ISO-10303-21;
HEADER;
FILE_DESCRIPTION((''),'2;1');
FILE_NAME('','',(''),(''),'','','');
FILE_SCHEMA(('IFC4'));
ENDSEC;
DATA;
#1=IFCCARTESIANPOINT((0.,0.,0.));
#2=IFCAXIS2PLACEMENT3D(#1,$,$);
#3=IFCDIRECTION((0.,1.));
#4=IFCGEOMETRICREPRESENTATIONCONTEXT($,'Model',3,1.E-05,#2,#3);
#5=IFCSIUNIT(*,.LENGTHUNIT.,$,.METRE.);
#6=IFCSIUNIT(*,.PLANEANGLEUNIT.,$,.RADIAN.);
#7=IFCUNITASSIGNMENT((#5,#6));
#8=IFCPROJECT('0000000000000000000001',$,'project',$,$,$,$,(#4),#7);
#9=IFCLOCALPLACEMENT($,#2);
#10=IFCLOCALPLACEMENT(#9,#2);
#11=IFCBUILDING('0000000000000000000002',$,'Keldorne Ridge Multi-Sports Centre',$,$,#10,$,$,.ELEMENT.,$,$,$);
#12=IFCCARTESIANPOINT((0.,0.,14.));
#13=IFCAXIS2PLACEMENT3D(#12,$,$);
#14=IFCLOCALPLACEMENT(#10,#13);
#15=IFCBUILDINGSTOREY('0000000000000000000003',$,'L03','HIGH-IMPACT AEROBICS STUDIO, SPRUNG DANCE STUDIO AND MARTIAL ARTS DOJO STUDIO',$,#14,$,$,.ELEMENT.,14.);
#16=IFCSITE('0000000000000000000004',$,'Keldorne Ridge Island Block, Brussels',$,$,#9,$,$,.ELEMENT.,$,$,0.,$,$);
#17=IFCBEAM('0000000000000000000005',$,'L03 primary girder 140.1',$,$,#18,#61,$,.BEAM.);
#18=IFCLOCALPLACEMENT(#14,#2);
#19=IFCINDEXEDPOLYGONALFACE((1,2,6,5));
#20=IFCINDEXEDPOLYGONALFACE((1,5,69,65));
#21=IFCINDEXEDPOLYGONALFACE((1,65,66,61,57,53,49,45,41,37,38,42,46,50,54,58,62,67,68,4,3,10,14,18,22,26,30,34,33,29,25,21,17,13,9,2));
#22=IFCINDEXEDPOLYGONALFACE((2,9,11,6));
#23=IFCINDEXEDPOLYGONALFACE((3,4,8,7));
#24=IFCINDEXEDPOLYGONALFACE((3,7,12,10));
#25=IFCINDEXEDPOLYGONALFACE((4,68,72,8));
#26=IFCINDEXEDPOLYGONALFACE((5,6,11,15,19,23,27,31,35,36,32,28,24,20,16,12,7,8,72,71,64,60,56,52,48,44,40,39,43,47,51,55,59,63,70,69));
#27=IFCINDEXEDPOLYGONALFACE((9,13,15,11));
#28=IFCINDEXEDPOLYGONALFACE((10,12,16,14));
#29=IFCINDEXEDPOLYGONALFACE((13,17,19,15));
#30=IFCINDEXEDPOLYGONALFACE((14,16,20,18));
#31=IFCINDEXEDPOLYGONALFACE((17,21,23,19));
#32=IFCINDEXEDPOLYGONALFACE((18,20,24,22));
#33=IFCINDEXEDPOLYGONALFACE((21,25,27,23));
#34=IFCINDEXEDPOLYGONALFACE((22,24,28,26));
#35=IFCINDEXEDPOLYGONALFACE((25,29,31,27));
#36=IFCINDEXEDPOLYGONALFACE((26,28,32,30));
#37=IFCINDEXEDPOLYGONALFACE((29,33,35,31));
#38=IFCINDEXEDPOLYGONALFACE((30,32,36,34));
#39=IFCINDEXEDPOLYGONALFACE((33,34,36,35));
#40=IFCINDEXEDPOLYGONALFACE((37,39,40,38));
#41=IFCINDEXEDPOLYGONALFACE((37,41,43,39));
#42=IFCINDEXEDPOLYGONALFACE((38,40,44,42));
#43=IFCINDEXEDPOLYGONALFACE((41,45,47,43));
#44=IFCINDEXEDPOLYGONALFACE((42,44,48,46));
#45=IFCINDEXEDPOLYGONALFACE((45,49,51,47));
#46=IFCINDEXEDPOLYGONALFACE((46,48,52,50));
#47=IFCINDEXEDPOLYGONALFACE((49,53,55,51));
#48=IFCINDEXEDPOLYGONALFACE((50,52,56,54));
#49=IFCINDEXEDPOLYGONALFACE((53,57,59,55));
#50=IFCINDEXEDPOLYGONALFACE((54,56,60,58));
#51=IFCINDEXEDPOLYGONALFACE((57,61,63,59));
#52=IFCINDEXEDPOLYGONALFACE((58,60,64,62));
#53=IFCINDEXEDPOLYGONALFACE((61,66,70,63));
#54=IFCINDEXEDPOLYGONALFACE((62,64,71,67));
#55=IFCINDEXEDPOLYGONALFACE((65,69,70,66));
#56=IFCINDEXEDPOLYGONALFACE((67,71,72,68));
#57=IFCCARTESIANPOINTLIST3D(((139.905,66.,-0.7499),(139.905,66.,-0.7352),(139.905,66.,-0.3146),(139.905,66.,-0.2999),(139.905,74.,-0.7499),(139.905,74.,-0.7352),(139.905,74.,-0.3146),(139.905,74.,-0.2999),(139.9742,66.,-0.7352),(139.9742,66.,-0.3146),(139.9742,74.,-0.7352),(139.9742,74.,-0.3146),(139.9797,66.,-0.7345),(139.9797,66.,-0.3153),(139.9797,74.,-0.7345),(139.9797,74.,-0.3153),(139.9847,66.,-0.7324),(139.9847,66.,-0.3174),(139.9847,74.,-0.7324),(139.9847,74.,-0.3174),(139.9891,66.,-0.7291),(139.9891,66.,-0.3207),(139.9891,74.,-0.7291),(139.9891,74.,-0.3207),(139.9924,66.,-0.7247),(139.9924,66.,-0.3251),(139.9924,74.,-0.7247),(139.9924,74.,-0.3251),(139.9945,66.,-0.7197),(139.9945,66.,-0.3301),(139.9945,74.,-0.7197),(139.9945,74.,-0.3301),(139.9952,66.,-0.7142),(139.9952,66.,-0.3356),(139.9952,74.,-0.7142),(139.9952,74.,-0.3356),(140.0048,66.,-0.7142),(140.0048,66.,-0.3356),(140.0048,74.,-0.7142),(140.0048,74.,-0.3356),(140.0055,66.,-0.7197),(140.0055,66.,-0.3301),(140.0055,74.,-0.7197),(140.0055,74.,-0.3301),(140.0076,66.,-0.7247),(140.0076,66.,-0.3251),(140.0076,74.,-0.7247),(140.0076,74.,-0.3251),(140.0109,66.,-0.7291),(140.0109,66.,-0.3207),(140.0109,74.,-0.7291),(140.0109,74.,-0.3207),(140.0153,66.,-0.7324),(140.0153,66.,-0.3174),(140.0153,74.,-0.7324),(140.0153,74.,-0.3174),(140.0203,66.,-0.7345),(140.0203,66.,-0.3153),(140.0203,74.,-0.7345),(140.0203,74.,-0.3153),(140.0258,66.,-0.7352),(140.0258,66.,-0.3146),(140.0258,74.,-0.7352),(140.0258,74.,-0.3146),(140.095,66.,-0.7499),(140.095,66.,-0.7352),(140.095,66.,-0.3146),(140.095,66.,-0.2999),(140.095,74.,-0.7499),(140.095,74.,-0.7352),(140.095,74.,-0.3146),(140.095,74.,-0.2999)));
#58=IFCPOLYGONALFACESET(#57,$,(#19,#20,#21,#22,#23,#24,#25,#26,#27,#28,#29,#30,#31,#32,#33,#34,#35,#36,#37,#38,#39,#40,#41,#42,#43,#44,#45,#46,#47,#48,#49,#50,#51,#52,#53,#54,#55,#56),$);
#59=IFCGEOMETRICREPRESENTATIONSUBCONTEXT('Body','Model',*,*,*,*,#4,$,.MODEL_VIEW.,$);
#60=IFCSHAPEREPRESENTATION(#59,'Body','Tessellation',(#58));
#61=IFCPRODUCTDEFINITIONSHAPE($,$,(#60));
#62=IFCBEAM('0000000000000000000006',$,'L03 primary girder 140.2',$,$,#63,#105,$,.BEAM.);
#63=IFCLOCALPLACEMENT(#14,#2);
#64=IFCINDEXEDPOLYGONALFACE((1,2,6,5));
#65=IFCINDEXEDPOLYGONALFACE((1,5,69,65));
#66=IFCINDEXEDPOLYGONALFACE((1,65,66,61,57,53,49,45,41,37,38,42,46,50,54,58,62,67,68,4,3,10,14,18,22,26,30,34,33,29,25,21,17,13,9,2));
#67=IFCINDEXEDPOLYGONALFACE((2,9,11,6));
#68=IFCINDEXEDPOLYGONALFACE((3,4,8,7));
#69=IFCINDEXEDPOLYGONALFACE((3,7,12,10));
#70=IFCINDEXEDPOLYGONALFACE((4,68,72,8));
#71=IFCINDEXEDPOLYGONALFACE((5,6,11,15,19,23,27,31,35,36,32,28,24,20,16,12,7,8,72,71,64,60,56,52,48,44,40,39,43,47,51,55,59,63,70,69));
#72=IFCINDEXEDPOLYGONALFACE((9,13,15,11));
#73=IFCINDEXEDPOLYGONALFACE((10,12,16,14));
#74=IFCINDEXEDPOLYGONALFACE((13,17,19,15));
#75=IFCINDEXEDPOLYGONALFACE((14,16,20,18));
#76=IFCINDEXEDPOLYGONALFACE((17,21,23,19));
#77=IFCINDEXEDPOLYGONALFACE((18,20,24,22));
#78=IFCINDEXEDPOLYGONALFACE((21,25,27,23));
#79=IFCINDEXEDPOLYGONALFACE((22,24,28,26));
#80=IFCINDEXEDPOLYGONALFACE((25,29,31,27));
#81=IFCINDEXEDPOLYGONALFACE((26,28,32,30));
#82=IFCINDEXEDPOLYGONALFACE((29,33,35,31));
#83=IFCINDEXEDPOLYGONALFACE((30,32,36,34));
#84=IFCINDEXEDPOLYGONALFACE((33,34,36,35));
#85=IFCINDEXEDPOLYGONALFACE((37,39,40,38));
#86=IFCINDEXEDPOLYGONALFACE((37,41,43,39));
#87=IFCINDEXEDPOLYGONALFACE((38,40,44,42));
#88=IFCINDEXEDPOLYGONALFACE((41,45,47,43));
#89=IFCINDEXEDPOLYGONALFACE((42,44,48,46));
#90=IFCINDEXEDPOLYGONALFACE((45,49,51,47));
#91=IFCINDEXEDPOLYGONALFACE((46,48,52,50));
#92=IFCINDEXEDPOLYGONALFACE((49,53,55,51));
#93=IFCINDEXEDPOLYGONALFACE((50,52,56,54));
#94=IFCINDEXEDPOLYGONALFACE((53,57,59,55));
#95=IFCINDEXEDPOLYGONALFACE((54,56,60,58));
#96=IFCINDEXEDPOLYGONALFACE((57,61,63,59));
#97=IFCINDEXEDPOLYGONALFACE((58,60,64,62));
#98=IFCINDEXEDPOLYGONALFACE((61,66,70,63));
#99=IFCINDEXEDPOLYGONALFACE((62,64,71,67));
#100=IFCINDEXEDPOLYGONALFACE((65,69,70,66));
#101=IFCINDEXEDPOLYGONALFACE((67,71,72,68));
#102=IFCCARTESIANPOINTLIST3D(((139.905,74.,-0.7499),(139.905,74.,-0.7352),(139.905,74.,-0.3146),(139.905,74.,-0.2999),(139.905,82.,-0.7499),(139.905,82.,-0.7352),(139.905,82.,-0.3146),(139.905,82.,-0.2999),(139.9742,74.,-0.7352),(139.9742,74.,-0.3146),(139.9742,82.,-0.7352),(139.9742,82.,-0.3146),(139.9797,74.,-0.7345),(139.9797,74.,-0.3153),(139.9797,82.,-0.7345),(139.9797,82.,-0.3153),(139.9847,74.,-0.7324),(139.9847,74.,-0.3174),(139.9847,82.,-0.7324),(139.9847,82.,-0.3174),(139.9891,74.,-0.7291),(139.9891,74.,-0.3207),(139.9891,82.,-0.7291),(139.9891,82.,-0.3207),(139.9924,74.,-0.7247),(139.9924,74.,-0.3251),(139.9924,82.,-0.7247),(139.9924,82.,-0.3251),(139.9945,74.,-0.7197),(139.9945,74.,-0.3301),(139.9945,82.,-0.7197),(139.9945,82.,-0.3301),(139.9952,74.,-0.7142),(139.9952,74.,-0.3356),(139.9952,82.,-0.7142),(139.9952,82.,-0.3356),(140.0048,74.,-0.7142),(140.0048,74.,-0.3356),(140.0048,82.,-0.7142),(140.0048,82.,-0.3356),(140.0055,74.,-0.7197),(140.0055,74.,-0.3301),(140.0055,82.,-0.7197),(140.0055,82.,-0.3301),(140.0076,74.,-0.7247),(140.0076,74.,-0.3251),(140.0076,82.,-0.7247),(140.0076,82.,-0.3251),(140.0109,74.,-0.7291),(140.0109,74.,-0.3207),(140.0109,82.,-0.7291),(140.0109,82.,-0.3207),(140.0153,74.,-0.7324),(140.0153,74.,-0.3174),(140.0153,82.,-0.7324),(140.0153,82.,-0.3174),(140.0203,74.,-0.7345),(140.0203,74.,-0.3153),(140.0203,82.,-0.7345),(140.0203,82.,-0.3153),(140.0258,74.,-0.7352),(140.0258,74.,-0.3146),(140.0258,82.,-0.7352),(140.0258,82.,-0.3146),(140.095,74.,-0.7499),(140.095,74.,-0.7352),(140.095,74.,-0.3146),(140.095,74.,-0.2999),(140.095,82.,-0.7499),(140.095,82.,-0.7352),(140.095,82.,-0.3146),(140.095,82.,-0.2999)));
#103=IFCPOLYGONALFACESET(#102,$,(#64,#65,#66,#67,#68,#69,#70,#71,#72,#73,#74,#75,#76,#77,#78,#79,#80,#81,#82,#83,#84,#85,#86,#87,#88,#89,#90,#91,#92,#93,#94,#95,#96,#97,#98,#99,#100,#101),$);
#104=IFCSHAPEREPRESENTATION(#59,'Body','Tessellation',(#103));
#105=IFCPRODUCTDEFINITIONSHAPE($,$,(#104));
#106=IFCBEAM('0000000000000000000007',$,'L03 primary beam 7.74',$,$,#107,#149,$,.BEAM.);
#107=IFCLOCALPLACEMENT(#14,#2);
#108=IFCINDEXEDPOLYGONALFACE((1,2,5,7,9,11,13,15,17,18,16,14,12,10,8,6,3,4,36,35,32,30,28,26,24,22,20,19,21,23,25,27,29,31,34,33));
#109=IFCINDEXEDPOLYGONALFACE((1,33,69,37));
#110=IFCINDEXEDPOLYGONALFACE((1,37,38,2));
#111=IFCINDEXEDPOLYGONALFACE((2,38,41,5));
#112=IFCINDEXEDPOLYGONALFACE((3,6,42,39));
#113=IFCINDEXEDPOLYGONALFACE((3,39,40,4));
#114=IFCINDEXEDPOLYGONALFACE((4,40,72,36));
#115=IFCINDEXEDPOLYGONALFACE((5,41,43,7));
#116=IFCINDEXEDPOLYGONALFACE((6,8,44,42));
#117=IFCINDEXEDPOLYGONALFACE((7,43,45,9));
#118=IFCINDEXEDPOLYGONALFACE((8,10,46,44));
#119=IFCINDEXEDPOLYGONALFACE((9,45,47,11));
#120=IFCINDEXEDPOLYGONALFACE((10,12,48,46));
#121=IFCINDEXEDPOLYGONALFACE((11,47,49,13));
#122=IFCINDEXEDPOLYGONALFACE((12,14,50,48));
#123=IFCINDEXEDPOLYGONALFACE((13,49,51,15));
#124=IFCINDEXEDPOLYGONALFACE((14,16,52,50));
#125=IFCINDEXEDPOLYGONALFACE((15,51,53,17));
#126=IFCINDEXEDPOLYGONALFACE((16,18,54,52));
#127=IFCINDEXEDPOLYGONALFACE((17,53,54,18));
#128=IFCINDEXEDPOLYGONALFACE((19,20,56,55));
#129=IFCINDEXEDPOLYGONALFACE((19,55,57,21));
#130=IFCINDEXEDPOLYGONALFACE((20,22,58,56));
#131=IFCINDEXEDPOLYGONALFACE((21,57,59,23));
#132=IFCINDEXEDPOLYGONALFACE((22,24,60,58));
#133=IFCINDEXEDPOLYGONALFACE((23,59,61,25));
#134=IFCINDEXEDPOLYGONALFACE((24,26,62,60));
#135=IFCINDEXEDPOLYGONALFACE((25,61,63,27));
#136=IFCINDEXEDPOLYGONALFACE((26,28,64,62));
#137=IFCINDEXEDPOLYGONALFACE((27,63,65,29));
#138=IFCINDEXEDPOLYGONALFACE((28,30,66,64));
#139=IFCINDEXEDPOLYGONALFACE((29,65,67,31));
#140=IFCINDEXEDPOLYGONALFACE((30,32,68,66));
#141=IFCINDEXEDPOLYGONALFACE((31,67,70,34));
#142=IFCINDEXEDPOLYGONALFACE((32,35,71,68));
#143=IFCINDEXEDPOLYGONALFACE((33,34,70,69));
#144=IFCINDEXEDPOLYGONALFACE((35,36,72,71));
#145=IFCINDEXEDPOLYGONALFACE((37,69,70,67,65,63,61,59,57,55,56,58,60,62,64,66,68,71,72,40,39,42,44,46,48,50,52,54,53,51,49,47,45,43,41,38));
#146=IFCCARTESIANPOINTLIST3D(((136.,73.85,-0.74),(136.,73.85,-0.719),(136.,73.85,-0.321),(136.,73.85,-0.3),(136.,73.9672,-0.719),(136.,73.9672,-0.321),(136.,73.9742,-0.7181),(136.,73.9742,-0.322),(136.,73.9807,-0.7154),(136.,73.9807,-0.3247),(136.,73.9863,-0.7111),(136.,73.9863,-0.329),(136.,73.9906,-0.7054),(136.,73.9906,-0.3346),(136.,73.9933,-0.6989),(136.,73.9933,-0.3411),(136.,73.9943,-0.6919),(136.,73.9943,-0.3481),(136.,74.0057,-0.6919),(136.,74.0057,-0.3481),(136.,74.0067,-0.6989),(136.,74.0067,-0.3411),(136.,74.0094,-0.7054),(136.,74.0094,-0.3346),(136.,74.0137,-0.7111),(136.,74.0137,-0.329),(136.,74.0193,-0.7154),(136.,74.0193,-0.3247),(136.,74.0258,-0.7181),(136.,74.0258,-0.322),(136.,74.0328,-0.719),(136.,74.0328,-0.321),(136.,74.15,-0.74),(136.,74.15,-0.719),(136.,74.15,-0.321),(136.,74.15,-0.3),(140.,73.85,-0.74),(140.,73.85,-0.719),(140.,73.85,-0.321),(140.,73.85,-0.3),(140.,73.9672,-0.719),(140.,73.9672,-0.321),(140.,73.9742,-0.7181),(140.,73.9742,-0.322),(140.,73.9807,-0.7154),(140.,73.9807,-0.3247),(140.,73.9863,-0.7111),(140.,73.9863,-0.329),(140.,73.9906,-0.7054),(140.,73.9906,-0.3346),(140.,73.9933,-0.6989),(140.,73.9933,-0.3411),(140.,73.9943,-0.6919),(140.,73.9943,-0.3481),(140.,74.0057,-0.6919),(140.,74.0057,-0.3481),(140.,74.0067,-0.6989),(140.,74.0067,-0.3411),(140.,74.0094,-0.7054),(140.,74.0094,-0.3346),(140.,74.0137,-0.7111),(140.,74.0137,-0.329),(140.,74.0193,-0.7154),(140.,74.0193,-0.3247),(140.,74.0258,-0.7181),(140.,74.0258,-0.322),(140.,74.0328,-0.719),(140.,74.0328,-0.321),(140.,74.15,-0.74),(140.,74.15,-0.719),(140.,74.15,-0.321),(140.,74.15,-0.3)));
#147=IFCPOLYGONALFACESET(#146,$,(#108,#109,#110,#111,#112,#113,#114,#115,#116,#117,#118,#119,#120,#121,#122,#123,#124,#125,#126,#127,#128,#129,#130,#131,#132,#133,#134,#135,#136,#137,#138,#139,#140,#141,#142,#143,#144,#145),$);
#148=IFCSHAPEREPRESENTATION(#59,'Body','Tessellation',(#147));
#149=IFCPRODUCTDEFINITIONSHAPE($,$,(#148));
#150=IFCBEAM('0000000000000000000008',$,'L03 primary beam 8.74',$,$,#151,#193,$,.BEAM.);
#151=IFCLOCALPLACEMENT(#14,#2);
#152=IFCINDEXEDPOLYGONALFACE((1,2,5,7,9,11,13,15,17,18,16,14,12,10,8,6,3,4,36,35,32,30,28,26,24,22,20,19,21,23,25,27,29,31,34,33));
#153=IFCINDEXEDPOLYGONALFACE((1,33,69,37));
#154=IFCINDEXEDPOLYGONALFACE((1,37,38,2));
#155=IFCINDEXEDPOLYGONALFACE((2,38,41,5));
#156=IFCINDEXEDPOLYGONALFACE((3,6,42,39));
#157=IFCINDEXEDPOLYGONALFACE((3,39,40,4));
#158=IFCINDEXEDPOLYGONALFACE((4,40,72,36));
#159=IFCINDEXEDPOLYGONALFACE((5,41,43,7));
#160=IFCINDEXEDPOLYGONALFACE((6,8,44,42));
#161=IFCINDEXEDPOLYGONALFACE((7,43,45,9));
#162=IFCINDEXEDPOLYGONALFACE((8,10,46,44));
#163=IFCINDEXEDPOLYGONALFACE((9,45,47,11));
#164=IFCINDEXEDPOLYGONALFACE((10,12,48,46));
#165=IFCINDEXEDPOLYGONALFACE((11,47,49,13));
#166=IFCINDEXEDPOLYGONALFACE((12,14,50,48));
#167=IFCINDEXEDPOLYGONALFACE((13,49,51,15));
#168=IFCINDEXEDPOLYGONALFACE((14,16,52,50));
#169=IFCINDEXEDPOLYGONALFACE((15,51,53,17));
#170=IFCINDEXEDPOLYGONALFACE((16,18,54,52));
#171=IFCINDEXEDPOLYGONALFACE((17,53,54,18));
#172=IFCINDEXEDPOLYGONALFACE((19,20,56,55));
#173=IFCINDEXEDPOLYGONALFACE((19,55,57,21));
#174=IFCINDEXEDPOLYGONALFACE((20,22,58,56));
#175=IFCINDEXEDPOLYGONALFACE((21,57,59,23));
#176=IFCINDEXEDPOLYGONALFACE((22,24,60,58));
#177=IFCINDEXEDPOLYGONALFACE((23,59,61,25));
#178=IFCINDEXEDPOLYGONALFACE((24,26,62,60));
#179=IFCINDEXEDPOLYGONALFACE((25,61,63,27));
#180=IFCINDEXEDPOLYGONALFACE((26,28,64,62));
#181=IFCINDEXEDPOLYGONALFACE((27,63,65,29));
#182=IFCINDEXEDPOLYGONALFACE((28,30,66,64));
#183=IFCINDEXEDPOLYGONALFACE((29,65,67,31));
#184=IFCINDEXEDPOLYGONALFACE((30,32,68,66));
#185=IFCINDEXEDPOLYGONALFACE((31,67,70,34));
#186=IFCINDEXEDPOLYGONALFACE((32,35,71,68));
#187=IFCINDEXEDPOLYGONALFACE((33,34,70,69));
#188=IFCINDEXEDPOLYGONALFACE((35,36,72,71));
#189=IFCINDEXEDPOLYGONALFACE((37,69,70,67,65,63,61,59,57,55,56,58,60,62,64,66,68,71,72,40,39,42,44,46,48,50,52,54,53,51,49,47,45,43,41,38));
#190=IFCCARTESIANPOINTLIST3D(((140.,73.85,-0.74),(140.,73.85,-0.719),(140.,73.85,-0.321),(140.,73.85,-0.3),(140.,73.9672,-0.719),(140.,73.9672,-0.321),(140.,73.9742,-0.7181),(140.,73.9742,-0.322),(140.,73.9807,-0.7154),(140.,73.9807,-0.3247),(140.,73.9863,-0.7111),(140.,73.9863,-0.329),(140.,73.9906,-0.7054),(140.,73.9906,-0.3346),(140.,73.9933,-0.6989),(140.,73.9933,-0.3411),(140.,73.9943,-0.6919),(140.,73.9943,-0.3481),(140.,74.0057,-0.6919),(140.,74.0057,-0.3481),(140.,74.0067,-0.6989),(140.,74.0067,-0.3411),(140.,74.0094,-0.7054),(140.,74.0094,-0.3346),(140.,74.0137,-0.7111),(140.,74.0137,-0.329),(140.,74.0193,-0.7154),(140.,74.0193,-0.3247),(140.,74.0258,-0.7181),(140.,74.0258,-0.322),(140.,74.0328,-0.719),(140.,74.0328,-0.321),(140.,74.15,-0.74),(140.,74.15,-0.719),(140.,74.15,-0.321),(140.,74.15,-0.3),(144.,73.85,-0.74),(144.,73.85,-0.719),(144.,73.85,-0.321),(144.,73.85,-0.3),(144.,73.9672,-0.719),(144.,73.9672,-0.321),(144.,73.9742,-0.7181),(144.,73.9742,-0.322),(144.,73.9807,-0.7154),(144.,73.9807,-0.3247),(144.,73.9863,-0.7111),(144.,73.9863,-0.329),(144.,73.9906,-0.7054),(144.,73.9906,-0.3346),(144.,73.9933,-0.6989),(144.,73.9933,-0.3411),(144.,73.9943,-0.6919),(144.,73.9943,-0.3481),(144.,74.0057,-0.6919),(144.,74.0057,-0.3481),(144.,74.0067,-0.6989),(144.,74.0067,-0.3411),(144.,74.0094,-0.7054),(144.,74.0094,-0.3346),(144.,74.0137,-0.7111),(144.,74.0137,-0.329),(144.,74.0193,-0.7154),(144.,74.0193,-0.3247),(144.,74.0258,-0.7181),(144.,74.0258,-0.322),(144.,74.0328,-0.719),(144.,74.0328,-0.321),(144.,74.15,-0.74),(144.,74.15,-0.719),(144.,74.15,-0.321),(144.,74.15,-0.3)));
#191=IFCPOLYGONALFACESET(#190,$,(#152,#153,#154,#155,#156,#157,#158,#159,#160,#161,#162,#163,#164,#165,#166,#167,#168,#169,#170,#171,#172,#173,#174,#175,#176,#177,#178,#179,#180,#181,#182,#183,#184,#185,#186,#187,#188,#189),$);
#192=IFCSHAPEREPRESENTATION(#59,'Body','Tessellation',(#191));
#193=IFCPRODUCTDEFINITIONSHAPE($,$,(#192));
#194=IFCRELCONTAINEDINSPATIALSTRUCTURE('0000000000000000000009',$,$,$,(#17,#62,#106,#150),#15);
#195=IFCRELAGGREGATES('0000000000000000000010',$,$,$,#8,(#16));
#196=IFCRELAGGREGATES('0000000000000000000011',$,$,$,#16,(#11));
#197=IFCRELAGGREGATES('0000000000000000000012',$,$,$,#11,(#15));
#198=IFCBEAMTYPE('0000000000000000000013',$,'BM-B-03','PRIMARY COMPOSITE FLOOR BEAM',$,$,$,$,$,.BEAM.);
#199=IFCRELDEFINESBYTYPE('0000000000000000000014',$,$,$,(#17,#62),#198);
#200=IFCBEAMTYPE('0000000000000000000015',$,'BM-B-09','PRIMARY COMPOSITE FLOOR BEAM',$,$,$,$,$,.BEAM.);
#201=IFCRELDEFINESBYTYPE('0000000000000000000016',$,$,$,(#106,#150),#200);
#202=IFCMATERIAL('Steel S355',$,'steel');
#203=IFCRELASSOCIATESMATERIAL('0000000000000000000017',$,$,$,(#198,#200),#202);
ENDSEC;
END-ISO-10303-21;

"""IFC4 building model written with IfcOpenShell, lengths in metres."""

from ifc_helpers import new_model, si_unit, direction, frame, origin, origin_2d, place, context, subcontext, project, spatial, i_section, extrude, material, material_profile, profile_set, type_object, element, save


model = new_model("IFC4")

# Units and contexts
model_context = context("Model", 3, precision=1e-05, world=origin(), true_north=direction((0.0, 1.0)))
body_context = subcontext(model_context, "Body", "Model", "MODEL_VIEW")
ifc_project = project(units=[si_unit("LENGTHUNIT", "METRE"), si_unit("PLANEANGLEUNIT", "RADIAN")], contexts=[model_context])

# Site, building, storey
site_placement = place(None, origin())
site = spatial("IfcSite", under=ifc_project, at=site_placement, Name="Keldorne Ridge Island Block, Brussels", CompositionType="ELEMENT", RefElevation=0.0)
building_placement = place(site_placement, origin())
building = spatial("IfcBuilding", under=site, at=building_placement, Name="Keldorne Ridge Multi-Sports Centre", CompositionType="ELEMENT")
storey_placement = place(building_placement, frame((0.0, 0.0, 14.0)))
storey = spatial("IfcBuildingStorey", under=building, at=storey_placement, Name="L03", Description="HIGH-IMPACT AEROBICS STUDIO, SPRUNG DANCE STUDIO AND MARTIAL ARTS DOJO STUDIO", CompositionType="ELEMENT", Elevation=14.0)

# Shared definitions
ifc_material_1 = material(Name="Steel S355", Category="steel")

# Beams
ifc_material_profile_1 = material_profile(ifc_material_1, i_section(OverallWidth=0.1899, OverallDepth=0.45, WebThickness=0.0095, FlangeThickness=0.0146, FilletRadius=0.021, at=origin_2d()), Name="IPE 450")
ifc_profile_set_1 = profile_set([ifc_material_profile_1], Name="Steel S355")
beam_type_1 = type_object("IfcBeamType", Name="BM-B-03", Description="PRIMARY COMPOSITE FLOOR BEAM", PredefinedType="BEAM", material=ifc_profile_set_1)
for number, where, z_axis, x_axis, name in (
    (1, (140.0, 66.0, -0.5249), (0.0, 1.0, 0.0), (-1.0, 0.0, 0.0), "L03 primary girder 140.1"),
    (2, (140.0, 74.0, -0.5249), (0.0, 1.0, 0.0), (-1.0, 0.0, 0.0), "L03 primary girder 140.2"),
):
    element("IfcBeam", number, at=place(storey_placement, frame(where, z_axis=z_axis, x_axis=x_axis)), inside=storey, type_object=beam_type_1, Name=name, PredefinedType="BEAM", context=body_context, shape_type="SweptSolid", body=[
        extrude(i_section(OverallWidth=0.1899, OverallDepth=0.45, WebThickness=0.0095, FlangeThickness=0.0146, FilletRadius=0.021, at=origin_2d()), origin(), (0.0, 0.0, 1.0), 8.0),
    ])
ifc_material_profile_2 = material_profile(ifc_material_1, i_section(OverallWidth=0.3, OverallDepth=0.4399, WebThickness=0.0115, FlangeThickness=0.021, FilletRadius=0.0271, at=origin_2d()), Name="HEA 450")
ifc_profile_set_2 = profile_set([ifc_material_profile_2], Name="Steel S355")
beam_type_2 = type_object("IfcBeamType", Name="BM-B-09", Description="PRIMARY COMPOSITE FLOOR BEAM", PredefinedType="BEAM", material=ifc_profile_set_2)
for number, where, z_axis, x_axis, name in (
    (3, (136.0, 74.0, -0.52), (1.0, 0.0, 0.0), (0.0, 1.0, 0.0), "L03 primary beam 7.74"),
    (4, (140.0, 74.0, -0.52), (1.0, 0.0, 0.0), (0.0, 1.0, 0.0), "L03 primary beam 8.74"),
):
    element("IfcBeam", number, at=place(storey_placement, frame(where, z_axis=z_axis, x_axis=x_axis)), inside=storey, type_object=beam_type_2, Name=name, PredefinedType="BEAM", context=body_context, shape_type="SweptSolid", body=[
        extrude(i_section(OverallWidth=0.3, OverallDepth=0.4399, WebThickness=0.0115, FlangeThickness=0.021, FilletRadius=0.0271, at=origin_2d()), origin(), (0.0, 0.0, 1.0), 4.0),
    ])

save(model, "model.ifc")
